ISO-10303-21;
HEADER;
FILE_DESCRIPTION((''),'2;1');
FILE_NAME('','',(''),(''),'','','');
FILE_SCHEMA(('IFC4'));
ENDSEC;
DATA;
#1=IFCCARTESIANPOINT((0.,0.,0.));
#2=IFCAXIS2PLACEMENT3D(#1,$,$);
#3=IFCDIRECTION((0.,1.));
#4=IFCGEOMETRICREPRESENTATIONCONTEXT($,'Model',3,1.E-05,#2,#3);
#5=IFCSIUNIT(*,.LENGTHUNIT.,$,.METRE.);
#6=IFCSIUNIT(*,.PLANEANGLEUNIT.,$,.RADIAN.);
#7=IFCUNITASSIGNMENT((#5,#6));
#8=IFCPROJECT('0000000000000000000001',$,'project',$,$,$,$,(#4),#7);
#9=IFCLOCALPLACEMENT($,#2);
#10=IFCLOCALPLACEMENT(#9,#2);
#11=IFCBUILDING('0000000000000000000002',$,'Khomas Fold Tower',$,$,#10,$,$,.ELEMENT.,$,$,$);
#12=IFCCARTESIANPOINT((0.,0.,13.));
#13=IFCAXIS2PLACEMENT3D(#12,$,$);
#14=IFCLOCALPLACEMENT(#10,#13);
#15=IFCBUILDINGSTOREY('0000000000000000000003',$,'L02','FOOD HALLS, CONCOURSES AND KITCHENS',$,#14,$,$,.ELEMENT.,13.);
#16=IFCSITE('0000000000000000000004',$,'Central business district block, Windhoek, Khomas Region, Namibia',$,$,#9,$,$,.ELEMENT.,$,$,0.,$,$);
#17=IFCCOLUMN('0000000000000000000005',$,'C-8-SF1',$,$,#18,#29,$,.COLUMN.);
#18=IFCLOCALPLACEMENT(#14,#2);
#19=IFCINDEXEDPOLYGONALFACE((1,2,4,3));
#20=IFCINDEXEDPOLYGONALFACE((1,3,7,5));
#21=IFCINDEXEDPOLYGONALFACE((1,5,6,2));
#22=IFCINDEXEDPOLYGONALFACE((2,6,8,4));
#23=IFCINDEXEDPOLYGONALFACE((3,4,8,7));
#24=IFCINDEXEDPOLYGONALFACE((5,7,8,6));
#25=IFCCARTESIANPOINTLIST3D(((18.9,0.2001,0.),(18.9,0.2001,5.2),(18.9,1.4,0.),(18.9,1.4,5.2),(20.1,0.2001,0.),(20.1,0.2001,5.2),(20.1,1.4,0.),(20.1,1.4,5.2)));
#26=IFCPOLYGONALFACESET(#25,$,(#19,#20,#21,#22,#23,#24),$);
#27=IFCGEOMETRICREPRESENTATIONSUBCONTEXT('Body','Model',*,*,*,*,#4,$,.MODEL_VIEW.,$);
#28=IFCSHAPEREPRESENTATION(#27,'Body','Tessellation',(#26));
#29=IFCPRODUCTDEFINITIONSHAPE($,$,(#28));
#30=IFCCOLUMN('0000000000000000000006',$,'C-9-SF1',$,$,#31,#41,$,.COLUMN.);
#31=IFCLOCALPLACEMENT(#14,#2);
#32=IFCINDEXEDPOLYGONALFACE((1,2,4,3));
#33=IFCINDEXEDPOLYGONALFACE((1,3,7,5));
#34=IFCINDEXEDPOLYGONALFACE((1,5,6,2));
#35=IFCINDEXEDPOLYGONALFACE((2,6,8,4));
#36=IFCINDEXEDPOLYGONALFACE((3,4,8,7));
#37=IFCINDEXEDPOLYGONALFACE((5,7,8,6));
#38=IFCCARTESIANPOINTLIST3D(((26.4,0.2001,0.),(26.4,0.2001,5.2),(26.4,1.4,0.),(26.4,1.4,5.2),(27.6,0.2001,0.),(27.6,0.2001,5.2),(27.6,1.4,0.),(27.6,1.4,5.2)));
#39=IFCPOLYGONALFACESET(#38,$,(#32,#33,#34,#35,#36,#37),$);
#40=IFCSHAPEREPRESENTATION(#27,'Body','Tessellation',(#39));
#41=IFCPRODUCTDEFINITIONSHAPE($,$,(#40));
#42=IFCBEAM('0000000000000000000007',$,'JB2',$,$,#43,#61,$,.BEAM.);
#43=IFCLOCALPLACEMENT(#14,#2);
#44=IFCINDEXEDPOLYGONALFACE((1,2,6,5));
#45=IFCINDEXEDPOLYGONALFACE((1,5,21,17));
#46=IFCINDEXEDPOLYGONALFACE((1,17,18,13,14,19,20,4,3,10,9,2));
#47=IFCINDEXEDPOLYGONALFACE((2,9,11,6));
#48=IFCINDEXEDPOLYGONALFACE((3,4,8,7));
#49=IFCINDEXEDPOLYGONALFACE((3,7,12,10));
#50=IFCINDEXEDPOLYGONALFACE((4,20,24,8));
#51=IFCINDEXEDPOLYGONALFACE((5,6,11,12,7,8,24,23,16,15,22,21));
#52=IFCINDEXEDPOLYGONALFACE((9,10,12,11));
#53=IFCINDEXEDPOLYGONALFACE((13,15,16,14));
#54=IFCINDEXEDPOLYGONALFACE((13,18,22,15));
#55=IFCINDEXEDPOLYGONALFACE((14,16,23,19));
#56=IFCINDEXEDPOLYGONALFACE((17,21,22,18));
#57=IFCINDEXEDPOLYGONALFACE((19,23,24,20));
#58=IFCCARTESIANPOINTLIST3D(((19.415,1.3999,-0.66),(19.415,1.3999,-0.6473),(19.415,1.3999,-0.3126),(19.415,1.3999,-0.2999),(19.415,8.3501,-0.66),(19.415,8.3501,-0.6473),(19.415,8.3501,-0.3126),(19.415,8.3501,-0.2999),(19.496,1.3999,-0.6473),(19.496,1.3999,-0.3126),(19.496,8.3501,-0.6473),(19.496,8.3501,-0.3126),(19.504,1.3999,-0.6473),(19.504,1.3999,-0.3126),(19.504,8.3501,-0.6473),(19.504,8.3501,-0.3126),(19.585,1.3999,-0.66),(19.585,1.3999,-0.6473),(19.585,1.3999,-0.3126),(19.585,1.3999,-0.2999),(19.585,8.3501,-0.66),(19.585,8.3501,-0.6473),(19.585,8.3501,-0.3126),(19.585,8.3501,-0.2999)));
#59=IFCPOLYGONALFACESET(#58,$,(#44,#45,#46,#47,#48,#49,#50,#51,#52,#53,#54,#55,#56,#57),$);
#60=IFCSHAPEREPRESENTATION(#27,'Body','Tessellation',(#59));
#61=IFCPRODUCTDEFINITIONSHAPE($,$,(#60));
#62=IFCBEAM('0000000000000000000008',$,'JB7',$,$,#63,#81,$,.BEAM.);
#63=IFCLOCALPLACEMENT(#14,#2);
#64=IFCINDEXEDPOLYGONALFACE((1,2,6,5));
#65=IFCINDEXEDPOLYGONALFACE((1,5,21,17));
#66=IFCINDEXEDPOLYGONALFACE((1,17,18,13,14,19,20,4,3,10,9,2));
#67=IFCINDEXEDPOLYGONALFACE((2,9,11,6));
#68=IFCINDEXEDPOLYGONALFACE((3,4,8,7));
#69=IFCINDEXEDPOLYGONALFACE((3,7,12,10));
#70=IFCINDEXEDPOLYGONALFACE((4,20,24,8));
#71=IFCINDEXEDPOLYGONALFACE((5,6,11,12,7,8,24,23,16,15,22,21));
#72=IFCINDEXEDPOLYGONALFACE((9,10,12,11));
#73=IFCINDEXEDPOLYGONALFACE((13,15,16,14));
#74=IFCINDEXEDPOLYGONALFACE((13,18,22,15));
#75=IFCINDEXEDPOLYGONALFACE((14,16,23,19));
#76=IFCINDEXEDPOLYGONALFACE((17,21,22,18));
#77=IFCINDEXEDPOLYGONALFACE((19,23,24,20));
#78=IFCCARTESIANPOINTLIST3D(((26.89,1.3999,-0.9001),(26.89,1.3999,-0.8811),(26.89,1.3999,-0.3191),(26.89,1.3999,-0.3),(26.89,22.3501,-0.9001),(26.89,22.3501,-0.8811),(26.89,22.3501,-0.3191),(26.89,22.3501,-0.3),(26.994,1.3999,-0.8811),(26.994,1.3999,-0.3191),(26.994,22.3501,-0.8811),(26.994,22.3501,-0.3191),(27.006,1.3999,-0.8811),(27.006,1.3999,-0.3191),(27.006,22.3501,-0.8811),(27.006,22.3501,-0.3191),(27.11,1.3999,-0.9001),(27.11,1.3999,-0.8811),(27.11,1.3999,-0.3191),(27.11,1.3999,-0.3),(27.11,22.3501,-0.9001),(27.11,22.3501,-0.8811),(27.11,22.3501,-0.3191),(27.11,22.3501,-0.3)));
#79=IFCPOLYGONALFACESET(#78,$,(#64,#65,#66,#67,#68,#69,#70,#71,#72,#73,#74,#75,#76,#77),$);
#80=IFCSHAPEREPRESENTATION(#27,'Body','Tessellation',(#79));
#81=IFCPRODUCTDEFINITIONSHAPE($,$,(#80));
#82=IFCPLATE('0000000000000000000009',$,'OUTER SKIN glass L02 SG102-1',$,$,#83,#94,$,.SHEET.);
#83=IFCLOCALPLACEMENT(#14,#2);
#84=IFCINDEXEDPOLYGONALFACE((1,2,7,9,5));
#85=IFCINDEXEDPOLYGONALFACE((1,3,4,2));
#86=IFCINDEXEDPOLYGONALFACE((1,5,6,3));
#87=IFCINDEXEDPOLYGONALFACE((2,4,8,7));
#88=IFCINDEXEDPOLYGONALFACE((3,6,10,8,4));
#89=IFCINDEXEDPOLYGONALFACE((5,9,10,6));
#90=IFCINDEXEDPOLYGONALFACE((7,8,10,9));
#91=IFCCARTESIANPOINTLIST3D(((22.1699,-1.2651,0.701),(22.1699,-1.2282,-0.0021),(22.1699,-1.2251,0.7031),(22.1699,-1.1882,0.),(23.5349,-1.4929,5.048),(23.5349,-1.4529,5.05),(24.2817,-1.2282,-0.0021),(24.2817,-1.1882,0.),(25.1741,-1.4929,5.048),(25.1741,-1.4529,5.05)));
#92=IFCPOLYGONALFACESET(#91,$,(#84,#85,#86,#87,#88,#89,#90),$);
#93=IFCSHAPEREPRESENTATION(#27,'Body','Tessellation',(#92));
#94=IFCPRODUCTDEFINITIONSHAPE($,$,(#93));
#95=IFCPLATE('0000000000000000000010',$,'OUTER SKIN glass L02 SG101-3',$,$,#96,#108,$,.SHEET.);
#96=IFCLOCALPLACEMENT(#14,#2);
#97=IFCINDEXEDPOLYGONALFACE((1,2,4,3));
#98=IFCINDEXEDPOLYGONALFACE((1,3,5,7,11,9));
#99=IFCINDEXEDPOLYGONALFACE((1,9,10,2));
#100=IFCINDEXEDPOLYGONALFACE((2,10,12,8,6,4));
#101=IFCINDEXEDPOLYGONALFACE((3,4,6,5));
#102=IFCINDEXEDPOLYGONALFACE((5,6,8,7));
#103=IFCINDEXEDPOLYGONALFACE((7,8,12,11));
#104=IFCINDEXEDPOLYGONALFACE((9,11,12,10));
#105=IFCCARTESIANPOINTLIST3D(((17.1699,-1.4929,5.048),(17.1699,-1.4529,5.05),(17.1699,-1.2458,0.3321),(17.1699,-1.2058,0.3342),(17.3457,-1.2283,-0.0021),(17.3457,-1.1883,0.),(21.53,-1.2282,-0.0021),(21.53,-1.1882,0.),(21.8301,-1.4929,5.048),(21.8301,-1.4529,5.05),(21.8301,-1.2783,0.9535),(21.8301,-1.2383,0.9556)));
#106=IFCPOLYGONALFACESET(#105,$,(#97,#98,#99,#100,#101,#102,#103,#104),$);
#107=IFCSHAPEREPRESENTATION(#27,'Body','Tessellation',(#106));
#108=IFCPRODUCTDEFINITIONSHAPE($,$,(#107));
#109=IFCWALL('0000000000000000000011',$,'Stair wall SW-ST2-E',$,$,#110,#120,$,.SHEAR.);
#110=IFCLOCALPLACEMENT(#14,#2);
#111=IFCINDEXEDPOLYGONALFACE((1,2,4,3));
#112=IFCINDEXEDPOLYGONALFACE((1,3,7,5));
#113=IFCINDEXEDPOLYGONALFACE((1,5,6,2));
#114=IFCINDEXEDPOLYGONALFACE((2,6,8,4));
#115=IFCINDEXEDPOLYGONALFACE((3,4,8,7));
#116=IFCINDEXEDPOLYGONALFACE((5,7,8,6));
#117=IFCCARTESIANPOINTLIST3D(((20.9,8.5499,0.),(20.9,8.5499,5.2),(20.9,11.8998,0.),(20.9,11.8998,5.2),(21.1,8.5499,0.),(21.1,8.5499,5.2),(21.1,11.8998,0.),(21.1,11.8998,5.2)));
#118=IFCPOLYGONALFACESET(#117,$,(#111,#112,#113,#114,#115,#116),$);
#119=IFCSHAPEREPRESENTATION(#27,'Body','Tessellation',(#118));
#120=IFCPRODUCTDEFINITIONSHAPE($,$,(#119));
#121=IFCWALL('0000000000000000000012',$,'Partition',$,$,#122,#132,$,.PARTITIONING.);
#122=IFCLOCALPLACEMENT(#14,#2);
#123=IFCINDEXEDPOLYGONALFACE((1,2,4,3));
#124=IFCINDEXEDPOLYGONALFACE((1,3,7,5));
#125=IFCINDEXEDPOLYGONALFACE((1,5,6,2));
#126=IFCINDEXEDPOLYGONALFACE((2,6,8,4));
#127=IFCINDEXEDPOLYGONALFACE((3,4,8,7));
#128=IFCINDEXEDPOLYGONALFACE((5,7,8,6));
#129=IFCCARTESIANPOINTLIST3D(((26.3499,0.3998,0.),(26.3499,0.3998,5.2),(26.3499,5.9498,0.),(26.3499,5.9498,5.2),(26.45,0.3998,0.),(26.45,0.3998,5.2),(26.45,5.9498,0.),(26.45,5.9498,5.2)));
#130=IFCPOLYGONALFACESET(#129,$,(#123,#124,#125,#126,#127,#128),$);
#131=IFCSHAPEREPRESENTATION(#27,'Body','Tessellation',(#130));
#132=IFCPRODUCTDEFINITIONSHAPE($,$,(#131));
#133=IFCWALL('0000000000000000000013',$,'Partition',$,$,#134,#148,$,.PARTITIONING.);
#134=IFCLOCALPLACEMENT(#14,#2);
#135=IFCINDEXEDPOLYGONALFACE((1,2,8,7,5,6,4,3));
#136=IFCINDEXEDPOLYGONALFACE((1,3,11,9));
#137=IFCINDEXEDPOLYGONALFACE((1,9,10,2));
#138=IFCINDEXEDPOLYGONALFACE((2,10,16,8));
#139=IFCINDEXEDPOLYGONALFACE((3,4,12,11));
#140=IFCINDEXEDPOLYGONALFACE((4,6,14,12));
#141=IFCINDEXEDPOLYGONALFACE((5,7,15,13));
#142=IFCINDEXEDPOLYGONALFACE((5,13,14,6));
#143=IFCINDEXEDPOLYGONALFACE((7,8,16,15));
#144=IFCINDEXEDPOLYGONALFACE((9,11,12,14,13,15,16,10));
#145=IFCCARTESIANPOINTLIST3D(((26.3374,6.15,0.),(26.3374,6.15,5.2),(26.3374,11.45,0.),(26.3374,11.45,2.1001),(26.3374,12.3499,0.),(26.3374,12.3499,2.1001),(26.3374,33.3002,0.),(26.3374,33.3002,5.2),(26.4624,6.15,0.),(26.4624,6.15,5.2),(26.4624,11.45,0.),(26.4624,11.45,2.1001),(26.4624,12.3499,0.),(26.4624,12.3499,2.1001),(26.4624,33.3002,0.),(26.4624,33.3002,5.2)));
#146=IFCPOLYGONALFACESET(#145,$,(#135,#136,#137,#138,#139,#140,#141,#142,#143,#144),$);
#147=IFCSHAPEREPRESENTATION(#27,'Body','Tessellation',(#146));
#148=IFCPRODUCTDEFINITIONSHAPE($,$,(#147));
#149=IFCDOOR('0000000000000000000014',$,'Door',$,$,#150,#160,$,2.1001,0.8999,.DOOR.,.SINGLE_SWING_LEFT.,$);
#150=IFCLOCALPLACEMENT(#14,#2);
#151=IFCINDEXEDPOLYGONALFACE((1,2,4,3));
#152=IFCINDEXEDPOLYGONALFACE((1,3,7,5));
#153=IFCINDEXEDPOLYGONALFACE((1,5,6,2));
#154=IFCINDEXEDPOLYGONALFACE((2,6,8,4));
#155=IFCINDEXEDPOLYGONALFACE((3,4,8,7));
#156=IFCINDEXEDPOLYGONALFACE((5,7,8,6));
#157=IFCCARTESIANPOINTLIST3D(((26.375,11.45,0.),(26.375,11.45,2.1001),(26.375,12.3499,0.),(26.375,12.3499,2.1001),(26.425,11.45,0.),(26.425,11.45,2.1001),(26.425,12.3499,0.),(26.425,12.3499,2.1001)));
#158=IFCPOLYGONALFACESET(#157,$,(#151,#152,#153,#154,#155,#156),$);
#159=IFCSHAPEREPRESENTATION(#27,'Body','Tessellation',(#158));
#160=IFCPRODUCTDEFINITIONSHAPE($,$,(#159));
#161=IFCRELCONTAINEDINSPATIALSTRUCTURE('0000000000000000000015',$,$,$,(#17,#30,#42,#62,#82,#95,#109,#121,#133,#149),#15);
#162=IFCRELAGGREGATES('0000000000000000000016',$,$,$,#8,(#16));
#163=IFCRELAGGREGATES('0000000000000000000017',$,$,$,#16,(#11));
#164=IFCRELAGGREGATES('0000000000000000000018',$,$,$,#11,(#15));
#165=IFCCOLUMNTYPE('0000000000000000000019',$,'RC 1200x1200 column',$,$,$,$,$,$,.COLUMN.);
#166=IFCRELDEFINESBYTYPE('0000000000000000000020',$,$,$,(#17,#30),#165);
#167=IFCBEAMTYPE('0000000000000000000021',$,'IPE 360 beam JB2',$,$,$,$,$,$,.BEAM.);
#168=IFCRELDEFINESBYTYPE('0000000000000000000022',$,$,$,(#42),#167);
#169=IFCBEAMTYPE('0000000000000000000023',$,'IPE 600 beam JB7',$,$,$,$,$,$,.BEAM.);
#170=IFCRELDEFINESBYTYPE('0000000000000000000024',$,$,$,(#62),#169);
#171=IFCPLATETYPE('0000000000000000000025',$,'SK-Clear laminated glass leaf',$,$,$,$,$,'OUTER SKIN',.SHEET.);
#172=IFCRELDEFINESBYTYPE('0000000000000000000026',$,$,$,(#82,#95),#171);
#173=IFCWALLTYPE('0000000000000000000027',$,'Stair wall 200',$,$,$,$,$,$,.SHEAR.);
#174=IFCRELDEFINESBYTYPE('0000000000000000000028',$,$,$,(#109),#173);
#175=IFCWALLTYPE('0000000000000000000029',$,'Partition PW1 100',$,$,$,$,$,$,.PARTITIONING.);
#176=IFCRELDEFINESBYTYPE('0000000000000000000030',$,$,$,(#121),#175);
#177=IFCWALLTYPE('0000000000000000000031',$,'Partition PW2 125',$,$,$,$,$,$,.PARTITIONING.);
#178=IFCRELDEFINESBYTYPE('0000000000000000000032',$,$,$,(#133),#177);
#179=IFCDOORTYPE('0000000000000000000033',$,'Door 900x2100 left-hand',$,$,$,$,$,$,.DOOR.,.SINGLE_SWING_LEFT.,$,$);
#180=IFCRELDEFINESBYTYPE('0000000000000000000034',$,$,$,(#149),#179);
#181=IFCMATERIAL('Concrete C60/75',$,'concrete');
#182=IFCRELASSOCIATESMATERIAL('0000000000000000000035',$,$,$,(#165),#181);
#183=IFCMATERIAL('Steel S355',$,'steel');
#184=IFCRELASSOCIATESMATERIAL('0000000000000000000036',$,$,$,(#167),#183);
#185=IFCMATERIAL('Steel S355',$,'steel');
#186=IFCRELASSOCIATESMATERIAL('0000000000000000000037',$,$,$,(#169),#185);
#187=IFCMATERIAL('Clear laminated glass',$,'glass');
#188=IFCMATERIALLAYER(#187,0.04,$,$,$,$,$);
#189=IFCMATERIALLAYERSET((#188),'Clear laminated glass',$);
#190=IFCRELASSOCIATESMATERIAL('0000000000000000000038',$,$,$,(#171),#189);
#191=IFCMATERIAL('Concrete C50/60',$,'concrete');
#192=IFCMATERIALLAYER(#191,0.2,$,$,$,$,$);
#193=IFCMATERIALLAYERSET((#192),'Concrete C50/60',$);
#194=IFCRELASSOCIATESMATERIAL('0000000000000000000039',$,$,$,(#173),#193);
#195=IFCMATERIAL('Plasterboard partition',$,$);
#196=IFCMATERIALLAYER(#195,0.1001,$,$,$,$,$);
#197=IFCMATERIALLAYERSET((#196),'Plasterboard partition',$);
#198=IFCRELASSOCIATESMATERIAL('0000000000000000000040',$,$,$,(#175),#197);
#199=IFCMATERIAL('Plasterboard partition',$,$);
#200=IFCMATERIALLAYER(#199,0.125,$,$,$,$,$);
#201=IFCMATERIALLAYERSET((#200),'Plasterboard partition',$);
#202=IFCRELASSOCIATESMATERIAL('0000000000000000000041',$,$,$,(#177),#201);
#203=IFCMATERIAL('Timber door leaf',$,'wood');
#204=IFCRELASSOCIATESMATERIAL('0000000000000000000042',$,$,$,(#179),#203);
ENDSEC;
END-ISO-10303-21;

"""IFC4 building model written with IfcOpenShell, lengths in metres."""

from ifc_helpers import new_model, si_unit, direction, frame, frame_2d, origin, origin_2d, place, context, subcontext, project, spatial, polyline, rectangle, i_section, outline, extrude, source, transform, mapped, material, layer, layer_set, material_profile, profile_set, type_object, element, fill, save


model = new_model("IFC4")

# Units and contexts
model_context = context("Model", 3, precision=1e-05, world=origin(), true_north=direction((0.0, 1.0)))
body_context = subcontext(model_context, "Body", "Model", "MODEL_VIEW")
ifc_project = project(units=[si_unit("LENGTHUNIT", "METRE"), si_unit("PLANEANGLEUNIT", "RADIAN")], contexts=[model_context])

# Site, building, storey
site_placement = place(None, origin())
site = spatial("IfcSite", under=ifc_project, at=site_placement, Name="Central business district block, Windhoek, Khomas Region, Namibia", CompositionType="ELEMENT", RefElevation=0.0)
building_placement = place(site_placement, origin())
building = spatial("IfcBuilding", under=site, at=building_placement, Name="Khomas Fold Tower", CompositionType="ELEMENT")
storey_placement = place(building_placement, frame((0.0, 0.0, 13.0)))
storey = spatial("IfcBuildingStorey", under=building, at=storey_placement, Name="L02", Description="FOOD HALLS, CONCOURSES AND KITCHENS", CompositionType="ELEMENT", Elevation=13.0)

# Columns
ifc_material_1 = material(Name="Concrete C60/75", Category="concrete")
ifc_material_profile_1 = material_profile(ifc_material_1, rectangle(XDim=1.2, YDim=1.2, at=origin_2d()), Name="RC 1200x1200")
ifc_profile_set_1 = profile_set([ifc_material_profile_1], Name="Concrete C60/75")
column_type = type_object("IfcColumnType", Name="RC 1200x1200 column", PredefinedType="COLUMN", material=ifc_profile_set_1)
shared_shape_1 = source(origin(), body_context, "Body", "SweptSolid", [
    extrude(rectangle(XDim=1.2, YDim=1.2, at=origin_2d()), origin(), (0.0, 0.0, 1.0), 5.2),
])
for number, where, z_axis, x_axis, name in (
    (1, (19.5, 0.8, 0.0), (0.0, 0.0, 1.0), (1.0, 0.0, 0.0), "C-8-SF1"),
    (2, (27.0, 0.8, 0.0), (0.0, 0.0, 1.0), (1.0, 0.0, 0.0), "C-9-SF1"),
):
    element("IfcColumn", number, at=place(storey_placement, frame(where, z_axis=z_axis, x_axis=x_axis)), inside=storey, type_object=column_type, Name=name, PredefinedType="COLUMN", context=body_context, shape_type="MappedRepresentation", body=[
        mapped(shared_shape_1, transform((0.0, 0.0, 0.0))),
    ])

# Beams
ifc_material_2 = material(Name="Steel S355", Category="steel")
ifc_material_profile_2 = material_profile(ifc_material_2, i_section(OverallWidth=0.1699, OverallDepth=0.3601, WebThickness=0.0081, FlangeThickness=0.0127, at=origin_2d()), Name="IPE 360")
ifc_profile_set_2 = profile_set([ifc_material_profile_2], Name="Steel S355")
beam_type_1 = type_object("IfcBeamType", Name="IPE 360 beam JB2", PredefinedType="BEAM", material=ifc_profile_set_2)
shared_shape_2 = source(origin(), body_context, "Body", "SweptSolid", [
    extrude(i_section(OverallWidth=0.1699, OverallDepth=0.3601, WebThickness=0.0081, FlangeThickness=0.0127, at=origin_2d()), origin(), (0.0, 0.0, 1.0), 6.9502),
])
beam_1_placement = place(storey_placement, frame((19.5, 1.3999, -0.48), z_axis=(0.0, 1.0, 0.0), x_axis=(-1.0, 0.0, 0.0)))
element("IfcBeam", 3, at=beam_1_placement, inside=storey, type_object=beam_type_1, Name="JB2", PredefinedType="BEAM", context=body_context, shape_type="MappedRepresentation", body=[
    mapped(shared_shape_2, transform((0.0, 0.0, 0.0))),
])
ifc_material_3 = material(Name="Steel S355", Category="steel")
ifc_material_profile_3 = material_profile(ifc_material_3, i_section(OverallWidth=0.22, OverallDepth=0.6001, WebThickness=0.012, FlangeThickness=0.019, at=origin_2d()), Name="IPE 600")
ifc_profile_set_3 = profile_set([ifc_material_profile_3], Name="Steel S355")
beam_type_2 = type_object("IfcBeamType", Name="IPE 600 beam JB7", PredefinedType="BEAM", material=ifc_profile_set_3)
shared_shape_3 = source(origin(), body_context, "Body", "SweptSolid", [
    extrude(i_section(OverallWidth=0.22, OverallDepth=0.6001, WebThickness=0.012, FlangeThickness=0.019, at=origin_2d()), origin(), (0.0, 0.0, 1.0), 20.9502),
])
beam_2_placement = place(storey_placement, frame((27.0, 1.3999, -0.6001), z_axis=(0.0, 1.0, 0.0), x_axis=(-1.0, 0.0, 0.0)))
element("IfcBeam", 4, at=beam_2_placement, inside=storey, type_object=beam_type_2, Name="JB7", PredefinedType="BEAM", context=body_context, shape_type="MappedRepresentation", body=[
    mapped(shared_shape_3, transform((0.0, 0.0, 0.0))),
])

# Plates
ifc_material_4 = material(Name="Clear laminated glass", Category="glass")
ifc_layer_1 = layer(ifc_material_4, 0.04)
ifc_layer_set_1 = layer_set([ifc_layer_1], Name="Clear laminated glass")
plate_type = type_object("IfcPlateType", Name="SK-Clear laminated glass leaf", ElementType="OUTER SKIN", PredefinedType="SHEET", material=ifc_layer_set_1)
plate_1_placement = place(storey_placement, frame((24.2817, -1.1882, 0.0), z_axis=(-0.000005, 0.99863, 0.052335), x_axis=(-1.0, -0.000005, 0.0)))
element("IfcPlate", 5, at=plate_1_placement, inside=storey, type_object=plate_type, Name="OUTER SKIN glass L02 SG102-1", PredefinedType="SHEET", context=body_context, shape_type="SweptSolid", body=[
    extrude(outline(polyline([(0.0, 0.0), (2.1118, 0.0), (2.1118, 0.7041), (0.7468, 5.057), (-0.8923, 5.057), (0.0, 0.0)])), origin(), (0.0, 0.0, -1.0), 0.04),
])
plate_2_placement = place(storey_placement, frame((21.8301, -1.4529, 5.05), z_axis=(-0.00001, 0.99863, 0.052333), x_axis=(0.0, 0.052333, -0.99863)))
element("IfcPlate", 6, at=plate_2_placement, inside=storey, type_object=plate_type, Name="OUTER SKIN glass L02 SG101-3", PredefinedType="SHEET", context=body_context, shape_type="SweptSolid", body=[
    extrude(outline(polyline([(0.0, 0.0), (4.1001, 0.0), (5.057, 0.3), (5.057, 4.4844), (4.7223, 4.6602), (0.0, 4.6602), (0.0, 0.0)])), origin(), (0.0, 0.0, -1.0), 0.04),
])

# Walls
ifc_material_5 = material(Name="Concrete C50/60", Category="concrete")
ifc_layer_2 = layer(ifc_material_5, 0.2)
ifc_layer_set_2 = layer_set([ifc_layer_2], Name="Concrete C50/60")
wall_type_1 = type_object("IfcWallType", Name="Stair wall 200", PredefinedType="SHEAR", material=ifc_layer_set_2)
shared_shape_4 = source(origin(), body_context, "Body", "SweptSolid", [
    extrude(rectangle(XDim=3.3499, YDim=0.2, at=frame_2d((1.6748, 0.0))), origin(), (0.0, 0.0, 1.0), 5.2),
])
wall_1_placement = place(storey_placement, frame((21.0, 8.55, 0.0), z_axis=(0.0, 0.0, 1.0), x_axis=(0.0, 1.0, 0.0)))
element("IfcWall", 7, at=wall_1_placement, inside=storey, type_object=wall_type_1, Name="Stair wall SW-ST2-E", PredefinedType="SHEAR", context=body_context, shape_type="MappedRepresentation", body=[
    mapped(shared_shape_4, transform((0.0, 0.0, 0.0))),
])
ifc_material_6 = material(Name="Plasterboard partition")
ifc_layer_3 = layer(ifc_material_6, 0.1001)
ifc_layer_set_3 = layer_set([ifc_layer_3], Name="Plasterboard partition")
wall_type_2 = type_object("IfcWallType", Name="Partition PW1 100", PredefinedType="PARTITIONING", material=ifc_layer_set_3)
shared_shape_5 = source(origin(), body_context, "Body", "SweptSolid", [
    extrude(rectangle(XDim=5.55, YDim=0.1001, at=frame_2d((2.7749, 0.0))), origin(), (0.0, 0.0, 1.0), 5.2),
])
wall_2_placement = place(storey_placement, frame((26.3999, 0.3999, 0.0), z_axis=(0.0, 0.0, 1.0), x_axis=(0.0, 1.0, 0.0)))
element("IfcWall", 8, at=wall_2_placement, inside=storey, type_object=wall_type_2, Name="Partition", PredefinedType="PARTITIONING", context=body_context, shape_type="MappedRepresentation", body=[
    mapped(shared_shape_5, transform((0.0, 0.0, 0.0))),
])

# Wall, opening, door
ifc_material_7 = material(Name="Plasterboard partition")
ifc_layer_4 = layer(ifc_material_7, 0.125)
ifc_layer_set_4 = layer_set([ifc_layer_4], Name="Plasterboard partition")
wall_type_3 = type_object("IfcWallType", Name="Partition PW2 125", PredefinedType="PARTITIONING", material=ifc_layer_set_4)
shared_shape_6 = source(origin(), body_context, "Body", "SweptSolid", [
    extrude(rectangle(XDim=27.1501, YDim=0.125, at=frame_2d((13.5752, 0.0))), origin(), (0.0, 0.0, 1.0), 5.2),
])
wall_3_placement = place(storey_placement, frame((26.3999, 6.1499, 0.0), z_axis=(0.0, 0.0, 1.0), x_axis=(0.0, 1.0, 0.0)))
wall_3 = element("IfcWall", 9, at=wall_3_placement, inside=storey, type_object=wall_type_3, Name="Partition", PredefinedType="PARTITIONING", context=body_context, shape_type="MappedRepresentation", body=[
    mapped(shared_shape_6, transform((0.0, 0.0, 0.0))),
])
shared_shape_7 = source(origin(), body_context, "Body", "SweptSolid", [
    extrude(rectangle(XDim=0.8999, YDim=2.1001, at=frame_2d((0.45, 1.05))), frame((0.0, 0.0725, 0.0), z_axis=(0.0, -1.0, 0.0), x_axis=(1.0, 0.0, 0.0)), (0.0, 0.0, 1.0), 0.145),
])
opening_placement = place(wall_3_placement, frame((5.3, 0.0, 0.0)))
opening = element("IfcOpeningElement", 10, at=opening_placement, cuts=wall_3, PredefinedType="OPENING", context=body_context, shape_type="MappedRepresentation", body=[
    mapped(shared_shape_7, transform((0.0, 0.0, 0.0))),
])
ifc_material_8 = material(Name="Timber door leaf", Category="wood")
door_type = type_object("IfcDoorType", Name="Door 900x2100 left-hand", OperationType="SINGLE_SWING_LEFT", PredefinedType="DOOR", material=ifc_material_8)
shared_shape_8 = source(origin(), body_context, "Body", "SweptSolid", [
    extrude(rectangle(XDim=0.8999, YDim=2.1001, at=frame_2d((0.45, 1.05))), frame((0.0, 0.0249, 0.0), z_axis=(0.0, -1.0, 0.0), x_axis=(1.0, 0.0, 0.0)), (0.0, 0.0, 1.0), 0.05),
])
door_placement = place(opening_placement, origin())
door = element("IfcDoor", 11, at=door_placement, inside=storey, type_object=door_type, Name="Door", OperationType="SINGLE_SWING_LEFT", OverallHeight=2.1001, OverallWidth=0.8999, PredefinedType="DOOR", context=body_context, shape_type="MappedRepresentation", body=[
    mapped(shared_shape_8, transform((0.0, 0.0, 0.0))),
])
fill(opening, door)

save(model, "model.ifc")
